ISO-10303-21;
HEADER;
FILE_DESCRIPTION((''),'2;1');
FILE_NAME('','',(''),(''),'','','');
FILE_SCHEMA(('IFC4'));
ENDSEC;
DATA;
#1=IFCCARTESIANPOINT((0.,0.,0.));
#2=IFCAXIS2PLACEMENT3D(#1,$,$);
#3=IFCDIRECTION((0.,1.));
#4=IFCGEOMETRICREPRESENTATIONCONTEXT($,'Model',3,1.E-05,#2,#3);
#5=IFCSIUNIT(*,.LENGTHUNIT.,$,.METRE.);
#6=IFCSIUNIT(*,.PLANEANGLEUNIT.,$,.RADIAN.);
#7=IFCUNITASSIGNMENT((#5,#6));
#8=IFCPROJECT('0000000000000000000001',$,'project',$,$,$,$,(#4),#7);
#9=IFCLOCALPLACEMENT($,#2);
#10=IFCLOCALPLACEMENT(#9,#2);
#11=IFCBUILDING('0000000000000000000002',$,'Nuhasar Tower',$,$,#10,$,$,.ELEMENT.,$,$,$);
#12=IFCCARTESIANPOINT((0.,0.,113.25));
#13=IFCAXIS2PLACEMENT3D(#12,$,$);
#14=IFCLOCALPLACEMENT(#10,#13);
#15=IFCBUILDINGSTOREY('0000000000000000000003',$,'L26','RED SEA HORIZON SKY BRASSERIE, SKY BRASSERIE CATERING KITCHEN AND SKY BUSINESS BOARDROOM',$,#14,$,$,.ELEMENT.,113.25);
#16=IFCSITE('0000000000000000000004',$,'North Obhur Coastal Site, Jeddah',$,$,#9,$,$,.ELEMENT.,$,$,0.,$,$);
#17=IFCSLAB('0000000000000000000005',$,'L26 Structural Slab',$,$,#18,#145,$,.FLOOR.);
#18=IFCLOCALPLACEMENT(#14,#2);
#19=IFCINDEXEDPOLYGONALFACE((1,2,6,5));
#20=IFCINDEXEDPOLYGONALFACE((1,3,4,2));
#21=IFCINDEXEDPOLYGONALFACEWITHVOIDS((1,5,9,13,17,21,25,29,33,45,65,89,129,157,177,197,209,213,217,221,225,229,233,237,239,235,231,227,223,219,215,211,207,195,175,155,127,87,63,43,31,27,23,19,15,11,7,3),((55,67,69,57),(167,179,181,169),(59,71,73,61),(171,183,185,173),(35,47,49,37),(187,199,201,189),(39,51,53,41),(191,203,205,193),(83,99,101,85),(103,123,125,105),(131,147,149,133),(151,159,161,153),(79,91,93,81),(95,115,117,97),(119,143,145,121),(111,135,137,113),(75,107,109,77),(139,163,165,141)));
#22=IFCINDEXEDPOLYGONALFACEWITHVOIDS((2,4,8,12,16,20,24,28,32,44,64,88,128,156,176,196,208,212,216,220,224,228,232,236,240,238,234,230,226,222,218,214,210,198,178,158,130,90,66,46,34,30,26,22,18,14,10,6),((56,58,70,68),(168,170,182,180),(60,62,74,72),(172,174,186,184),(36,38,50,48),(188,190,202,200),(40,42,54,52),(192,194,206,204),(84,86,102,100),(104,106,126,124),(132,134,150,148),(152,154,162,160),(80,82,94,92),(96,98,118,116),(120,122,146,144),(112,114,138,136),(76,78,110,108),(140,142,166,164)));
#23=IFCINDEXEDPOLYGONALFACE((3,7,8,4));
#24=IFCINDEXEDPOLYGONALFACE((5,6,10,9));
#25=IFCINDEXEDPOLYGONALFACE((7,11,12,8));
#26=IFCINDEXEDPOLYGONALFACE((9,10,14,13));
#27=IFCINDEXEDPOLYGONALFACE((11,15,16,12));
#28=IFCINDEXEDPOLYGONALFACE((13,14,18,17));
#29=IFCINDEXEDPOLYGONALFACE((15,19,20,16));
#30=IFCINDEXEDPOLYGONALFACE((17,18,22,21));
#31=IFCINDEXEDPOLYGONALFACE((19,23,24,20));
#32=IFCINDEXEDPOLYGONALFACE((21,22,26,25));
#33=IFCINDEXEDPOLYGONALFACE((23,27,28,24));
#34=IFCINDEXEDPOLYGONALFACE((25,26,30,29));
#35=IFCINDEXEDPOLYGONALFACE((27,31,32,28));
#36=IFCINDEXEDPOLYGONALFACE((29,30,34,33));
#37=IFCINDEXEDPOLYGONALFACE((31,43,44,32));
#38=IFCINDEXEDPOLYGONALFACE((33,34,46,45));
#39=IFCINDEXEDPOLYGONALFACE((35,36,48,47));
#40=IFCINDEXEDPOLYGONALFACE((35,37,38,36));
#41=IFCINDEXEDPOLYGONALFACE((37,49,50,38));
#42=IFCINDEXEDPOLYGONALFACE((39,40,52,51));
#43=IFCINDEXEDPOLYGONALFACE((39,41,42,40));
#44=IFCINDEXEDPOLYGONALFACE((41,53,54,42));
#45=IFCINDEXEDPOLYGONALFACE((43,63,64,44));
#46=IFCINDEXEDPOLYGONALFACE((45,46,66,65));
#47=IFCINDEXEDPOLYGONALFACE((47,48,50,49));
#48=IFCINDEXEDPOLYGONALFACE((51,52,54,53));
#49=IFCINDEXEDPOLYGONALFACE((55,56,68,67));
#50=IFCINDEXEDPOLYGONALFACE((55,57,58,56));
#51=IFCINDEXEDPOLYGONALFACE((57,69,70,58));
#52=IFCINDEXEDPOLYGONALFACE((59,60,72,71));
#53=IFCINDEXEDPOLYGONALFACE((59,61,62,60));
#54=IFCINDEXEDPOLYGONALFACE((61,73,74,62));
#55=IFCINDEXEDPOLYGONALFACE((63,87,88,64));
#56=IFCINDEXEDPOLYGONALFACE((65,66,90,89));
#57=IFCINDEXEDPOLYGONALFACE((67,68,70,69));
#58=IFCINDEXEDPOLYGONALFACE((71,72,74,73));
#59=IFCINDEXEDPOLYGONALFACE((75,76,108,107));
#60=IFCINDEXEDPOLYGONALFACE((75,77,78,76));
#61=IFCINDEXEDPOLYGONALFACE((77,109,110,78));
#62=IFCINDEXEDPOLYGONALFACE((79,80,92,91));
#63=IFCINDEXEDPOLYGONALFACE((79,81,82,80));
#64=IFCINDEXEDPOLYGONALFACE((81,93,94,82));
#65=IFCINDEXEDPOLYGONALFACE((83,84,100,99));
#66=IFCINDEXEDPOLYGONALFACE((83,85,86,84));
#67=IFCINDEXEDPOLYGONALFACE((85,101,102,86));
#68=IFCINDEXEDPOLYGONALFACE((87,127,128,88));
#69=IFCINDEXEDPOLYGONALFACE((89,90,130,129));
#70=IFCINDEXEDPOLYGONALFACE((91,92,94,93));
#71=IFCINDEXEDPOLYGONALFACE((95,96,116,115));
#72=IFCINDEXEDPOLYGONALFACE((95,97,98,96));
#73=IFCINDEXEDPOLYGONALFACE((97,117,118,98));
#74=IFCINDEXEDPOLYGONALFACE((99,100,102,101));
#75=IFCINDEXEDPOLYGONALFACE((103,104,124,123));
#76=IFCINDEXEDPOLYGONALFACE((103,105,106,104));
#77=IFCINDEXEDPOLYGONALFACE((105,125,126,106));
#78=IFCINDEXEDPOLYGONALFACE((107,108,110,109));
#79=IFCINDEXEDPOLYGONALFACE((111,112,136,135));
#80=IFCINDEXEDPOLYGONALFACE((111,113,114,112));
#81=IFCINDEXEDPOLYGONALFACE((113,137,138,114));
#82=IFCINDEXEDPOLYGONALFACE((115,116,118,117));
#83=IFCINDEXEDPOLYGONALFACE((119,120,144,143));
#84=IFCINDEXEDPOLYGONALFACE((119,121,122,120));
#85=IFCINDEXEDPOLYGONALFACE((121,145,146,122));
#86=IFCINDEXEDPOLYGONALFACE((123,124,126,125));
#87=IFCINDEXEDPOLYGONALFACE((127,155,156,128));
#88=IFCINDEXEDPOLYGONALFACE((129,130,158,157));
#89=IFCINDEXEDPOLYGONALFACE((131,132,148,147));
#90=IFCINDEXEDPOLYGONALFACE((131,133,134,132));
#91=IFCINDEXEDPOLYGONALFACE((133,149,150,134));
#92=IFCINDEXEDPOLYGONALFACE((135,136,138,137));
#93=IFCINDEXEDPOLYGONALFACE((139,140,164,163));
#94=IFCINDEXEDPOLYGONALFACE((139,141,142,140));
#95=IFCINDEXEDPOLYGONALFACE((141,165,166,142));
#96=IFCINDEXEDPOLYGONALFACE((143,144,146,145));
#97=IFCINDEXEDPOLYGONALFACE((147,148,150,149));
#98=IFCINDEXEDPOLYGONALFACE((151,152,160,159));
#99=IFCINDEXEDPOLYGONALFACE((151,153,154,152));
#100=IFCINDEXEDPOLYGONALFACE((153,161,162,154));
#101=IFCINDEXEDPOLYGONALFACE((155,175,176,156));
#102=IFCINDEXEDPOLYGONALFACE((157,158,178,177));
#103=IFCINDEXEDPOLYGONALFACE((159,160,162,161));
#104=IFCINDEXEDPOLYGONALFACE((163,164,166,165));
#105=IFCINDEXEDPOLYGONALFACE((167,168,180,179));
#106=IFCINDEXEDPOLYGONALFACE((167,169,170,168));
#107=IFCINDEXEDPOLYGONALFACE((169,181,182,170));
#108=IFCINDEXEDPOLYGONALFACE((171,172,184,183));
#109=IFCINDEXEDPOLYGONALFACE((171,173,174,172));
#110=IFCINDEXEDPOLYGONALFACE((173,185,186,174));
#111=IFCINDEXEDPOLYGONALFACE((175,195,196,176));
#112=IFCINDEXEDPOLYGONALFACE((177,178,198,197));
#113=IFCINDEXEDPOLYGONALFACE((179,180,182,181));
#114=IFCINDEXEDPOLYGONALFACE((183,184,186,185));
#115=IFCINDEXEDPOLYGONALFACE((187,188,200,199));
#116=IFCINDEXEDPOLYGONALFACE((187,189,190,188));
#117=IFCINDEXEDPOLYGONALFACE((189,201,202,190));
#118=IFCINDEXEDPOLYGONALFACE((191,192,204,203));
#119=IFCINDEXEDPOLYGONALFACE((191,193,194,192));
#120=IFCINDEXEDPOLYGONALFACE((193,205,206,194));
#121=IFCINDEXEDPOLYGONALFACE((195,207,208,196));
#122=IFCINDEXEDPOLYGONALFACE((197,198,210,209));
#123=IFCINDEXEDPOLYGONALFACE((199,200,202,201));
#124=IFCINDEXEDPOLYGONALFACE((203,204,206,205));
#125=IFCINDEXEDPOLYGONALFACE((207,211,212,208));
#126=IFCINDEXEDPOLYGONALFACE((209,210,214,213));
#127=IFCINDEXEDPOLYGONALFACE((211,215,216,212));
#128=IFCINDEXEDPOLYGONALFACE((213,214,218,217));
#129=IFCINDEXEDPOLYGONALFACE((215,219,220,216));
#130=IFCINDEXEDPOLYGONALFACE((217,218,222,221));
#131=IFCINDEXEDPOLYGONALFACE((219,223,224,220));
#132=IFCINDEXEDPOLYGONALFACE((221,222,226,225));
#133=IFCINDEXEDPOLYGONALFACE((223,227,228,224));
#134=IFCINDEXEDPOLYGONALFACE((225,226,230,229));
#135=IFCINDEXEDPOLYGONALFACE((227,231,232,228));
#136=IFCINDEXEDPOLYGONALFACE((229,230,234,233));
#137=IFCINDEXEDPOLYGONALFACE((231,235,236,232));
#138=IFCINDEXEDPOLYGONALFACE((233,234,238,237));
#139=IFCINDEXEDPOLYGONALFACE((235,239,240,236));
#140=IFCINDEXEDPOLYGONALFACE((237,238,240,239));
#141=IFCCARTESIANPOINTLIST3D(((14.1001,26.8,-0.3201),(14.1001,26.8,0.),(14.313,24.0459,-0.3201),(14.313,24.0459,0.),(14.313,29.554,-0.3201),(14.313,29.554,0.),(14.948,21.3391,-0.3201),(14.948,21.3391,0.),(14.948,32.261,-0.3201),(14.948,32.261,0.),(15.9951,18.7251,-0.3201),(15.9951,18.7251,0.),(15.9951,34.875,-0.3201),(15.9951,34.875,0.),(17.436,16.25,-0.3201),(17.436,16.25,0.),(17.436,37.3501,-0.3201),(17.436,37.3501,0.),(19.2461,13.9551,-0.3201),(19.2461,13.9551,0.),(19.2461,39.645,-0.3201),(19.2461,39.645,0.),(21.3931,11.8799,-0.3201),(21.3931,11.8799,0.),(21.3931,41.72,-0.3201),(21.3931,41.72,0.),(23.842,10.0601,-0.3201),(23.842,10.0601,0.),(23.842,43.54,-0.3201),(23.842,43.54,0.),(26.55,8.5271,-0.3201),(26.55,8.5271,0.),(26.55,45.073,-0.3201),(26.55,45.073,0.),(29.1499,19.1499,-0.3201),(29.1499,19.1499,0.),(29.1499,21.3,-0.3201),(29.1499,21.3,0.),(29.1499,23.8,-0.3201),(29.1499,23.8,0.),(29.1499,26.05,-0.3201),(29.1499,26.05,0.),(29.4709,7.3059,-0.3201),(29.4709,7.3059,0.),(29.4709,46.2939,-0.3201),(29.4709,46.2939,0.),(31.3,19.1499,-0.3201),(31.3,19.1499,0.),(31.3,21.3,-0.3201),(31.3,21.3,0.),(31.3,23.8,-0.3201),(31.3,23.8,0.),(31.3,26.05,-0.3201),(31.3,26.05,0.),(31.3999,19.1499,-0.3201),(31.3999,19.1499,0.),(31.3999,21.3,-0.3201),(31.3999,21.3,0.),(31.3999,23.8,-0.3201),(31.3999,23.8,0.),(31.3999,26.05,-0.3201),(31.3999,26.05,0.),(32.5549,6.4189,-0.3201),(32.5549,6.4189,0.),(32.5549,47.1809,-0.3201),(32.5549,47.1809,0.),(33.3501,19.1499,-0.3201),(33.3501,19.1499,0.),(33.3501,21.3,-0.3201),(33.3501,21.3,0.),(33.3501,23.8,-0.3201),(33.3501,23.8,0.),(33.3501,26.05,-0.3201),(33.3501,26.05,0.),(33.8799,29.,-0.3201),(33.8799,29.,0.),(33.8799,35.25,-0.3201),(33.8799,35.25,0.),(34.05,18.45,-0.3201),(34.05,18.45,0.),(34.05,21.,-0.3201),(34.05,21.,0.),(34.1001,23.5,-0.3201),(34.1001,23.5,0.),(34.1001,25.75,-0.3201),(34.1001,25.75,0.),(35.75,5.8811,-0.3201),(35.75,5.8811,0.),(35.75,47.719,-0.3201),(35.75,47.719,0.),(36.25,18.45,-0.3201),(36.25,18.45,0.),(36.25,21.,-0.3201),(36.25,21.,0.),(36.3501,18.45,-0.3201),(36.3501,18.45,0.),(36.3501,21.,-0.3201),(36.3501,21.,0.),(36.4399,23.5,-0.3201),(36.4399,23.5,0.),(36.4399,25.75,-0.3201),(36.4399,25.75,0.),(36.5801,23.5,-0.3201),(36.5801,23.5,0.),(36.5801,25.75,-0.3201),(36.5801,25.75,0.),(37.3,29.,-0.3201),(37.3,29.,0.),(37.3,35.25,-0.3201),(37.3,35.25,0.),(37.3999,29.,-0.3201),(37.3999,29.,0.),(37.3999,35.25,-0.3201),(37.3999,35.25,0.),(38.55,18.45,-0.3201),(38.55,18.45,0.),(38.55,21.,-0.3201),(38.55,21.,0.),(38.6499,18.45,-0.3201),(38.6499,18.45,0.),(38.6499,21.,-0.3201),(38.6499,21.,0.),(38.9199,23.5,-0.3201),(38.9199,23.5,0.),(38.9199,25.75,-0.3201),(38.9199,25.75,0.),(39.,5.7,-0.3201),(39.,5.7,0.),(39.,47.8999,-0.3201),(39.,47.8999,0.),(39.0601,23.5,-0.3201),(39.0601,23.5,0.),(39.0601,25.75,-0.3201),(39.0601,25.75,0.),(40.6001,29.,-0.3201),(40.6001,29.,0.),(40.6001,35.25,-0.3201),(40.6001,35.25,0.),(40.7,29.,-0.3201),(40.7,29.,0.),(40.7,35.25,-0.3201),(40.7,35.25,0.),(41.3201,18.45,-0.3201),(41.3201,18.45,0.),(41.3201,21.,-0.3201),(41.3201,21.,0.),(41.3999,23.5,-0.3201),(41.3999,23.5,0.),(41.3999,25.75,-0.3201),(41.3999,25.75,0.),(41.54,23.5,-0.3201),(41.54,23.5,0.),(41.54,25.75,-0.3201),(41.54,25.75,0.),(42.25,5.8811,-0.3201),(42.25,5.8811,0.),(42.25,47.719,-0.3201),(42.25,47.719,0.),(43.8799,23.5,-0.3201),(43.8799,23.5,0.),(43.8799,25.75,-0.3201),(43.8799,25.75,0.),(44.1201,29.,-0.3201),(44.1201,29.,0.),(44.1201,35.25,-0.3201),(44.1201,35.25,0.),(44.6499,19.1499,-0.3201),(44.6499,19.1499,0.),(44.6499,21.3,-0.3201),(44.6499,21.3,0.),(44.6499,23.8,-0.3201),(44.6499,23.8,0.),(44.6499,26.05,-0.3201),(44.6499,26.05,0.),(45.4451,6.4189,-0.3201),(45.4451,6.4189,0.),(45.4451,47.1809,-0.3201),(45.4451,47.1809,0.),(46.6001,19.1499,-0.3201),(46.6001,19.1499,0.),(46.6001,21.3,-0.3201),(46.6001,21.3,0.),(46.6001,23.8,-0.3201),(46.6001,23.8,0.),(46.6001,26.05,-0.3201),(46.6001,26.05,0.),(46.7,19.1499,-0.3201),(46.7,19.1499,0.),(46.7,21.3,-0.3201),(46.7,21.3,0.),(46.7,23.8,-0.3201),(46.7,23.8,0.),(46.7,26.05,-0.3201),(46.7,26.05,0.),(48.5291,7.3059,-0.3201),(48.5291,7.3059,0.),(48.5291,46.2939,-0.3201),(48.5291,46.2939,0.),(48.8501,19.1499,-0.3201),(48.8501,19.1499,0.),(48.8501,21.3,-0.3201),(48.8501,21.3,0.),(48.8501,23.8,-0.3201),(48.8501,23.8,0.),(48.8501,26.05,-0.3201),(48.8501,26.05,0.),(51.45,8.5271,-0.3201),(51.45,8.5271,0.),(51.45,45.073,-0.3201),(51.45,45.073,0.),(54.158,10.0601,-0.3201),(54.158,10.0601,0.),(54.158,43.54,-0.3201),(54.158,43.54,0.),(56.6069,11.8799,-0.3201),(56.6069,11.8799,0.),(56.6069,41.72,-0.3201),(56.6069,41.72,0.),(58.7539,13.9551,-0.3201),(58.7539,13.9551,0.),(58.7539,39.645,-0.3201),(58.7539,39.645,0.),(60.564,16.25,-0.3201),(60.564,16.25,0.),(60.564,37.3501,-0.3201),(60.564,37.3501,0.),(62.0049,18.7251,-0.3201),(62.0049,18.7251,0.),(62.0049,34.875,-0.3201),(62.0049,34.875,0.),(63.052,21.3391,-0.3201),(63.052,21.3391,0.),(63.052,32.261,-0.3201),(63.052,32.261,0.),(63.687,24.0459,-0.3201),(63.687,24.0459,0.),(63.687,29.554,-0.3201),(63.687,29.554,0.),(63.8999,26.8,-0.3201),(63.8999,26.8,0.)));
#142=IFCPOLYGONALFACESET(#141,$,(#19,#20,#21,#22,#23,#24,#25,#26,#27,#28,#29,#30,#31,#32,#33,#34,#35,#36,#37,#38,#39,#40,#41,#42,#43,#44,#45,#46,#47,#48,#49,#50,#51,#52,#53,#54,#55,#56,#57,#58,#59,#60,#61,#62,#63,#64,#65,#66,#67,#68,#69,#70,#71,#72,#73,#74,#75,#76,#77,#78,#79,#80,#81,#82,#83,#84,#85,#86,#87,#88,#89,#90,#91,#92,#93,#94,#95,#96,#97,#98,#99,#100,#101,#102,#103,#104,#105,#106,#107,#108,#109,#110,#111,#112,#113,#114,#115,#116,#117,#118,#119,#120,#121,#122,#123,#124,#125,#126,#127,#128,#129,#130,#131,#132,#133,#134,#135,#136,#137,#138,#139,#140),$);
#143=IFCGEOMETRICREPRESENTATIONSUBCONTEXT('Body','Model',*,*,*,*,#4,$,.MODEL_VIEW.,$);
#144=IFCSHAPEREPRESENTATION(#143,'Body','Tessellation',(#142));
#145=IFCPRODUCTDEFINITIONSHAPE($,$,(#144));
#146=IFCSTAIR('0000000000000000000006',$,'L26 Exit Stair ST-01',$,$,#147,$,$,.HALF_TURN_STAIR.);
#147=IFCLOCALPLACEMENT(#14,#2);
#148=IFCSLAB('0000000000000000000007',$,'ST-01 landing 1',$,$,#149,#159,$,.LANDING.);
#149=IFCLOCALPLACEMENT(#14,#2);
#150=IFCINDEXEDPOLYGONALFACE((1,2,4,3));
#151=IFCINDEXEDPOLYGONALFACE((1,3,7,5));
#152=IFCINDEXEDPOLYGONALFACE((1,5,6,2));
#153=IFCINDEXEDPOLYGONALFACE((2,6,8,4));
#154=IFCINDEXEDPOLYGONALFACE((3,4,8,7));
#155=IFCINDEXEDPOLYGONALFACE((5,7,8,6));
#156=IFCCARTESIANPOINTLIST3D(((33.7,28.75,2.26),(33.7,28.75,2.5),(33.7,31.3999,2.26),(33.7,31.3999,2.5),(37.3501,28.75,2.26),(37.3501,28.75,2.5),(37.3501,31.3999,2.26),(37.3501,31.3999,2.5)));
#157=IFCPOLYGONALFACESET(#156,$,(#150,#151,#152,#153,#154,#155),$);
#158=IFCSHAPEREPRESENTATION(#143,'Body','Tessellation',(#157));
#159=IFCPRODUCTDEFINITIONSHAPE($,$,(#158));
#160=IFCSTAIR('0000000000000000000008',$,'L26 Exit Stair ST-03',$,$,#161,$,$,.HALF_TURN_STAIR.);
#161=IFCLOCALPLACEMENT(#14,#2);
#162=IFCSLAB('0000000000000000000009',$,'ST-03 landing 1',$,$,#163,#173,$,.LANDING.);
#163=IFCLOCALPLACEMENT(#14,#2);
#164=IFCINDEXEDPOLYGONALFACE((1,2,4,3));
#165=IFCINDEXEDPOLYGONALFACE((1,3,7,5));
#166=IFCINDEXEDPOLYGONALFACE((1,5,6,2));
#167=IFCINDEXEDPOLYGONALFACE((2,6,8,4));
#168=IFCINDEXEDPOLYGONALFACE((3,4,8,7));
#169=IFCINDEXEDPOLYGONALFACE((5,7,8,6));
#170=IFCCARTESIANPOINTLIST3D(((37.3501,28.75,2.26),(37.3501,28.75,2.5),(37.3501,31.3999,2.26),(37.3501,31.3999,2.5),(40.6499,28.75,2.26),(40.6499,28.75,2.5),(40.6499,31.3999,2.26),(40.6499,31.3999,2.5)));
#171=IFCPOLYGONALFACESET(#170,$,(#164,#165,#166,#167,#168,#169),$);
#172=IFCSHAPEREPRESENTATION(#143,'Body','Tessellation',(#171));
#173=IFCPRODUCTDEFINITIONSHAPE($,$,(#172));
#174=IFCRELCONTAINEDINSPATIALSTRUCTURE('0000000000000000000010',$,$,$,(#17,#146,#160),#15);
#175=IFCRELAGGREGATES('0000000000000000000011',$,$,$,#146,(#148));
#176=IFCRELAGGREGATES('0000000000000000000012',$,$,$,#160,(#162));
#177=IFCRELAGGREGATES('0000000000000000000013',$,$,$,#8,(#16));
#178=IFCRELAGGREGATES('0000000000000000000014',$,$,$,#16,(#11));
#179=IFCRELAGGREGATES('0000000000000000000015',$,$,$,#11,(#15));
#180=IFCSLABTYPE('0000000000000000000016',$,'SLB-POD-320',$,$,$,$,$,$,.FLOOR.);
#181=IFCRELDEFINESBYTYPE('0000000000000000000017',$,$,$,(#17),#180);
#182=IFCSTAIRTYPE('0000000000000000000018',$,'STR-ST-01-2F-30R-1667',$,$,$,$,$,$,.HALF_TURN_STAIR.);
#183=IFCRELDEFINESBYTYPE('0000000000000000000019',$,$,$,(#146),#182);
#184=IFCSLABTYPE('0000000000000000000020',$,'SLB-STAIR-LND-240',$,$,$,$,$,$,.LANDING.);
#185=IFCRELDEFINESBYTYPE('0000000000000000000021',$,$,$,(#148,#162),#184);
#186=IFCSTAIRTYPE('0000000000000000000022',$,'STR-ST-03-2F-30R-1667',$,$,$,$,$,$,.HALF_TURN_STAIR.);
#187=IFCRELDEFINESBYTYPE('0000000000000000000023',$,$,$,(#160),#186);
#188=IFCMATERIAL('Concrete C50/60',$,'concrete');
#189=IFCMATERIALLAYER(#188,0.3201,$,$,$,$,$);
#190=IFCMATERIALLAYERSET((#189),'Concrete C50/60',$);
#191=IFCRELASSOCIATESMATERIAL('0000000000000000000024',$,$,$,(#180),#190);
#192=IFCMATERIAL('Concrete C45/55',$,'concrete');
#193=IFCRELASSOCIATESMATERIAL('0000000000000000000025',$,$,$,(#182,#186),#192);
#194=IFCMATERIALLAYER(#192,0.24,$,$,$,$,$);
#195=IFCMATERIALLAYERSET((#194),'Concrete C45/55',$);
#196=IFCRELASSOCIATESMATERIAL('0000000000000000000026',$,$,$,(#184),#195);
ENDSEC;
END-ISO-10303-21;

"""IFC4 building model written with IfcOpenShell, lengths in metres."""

from ifc_helpers import new_model, si_unit, direction, frame, origin, place, context, subcontext, project, spatial, polyline, outline, extrude, material, layer, layer_set, type_object, element, aggregate, save


model = new_model("IFC4")

# Units and contexts
model_context = context("Model", 3, precision=1e-05, world=origin(), true_north=direction((0.0, 1.0)))
body_context = subcontext(model_context, "Body", "Model", "MODEL_VIEW")
ifc_project = project(units=[si_unit("LENGTHUNIT", "METRE"), si_unit("PLANEANGLEUNIT", "RADIAN")], contexts=[model_context])

# Site, building, storey
site_placement = place(None, origin())
site = spatial("IfcSite", under=ifc_project, at=site_placement, Name="North Obhur Coastal Site, Jeddah", CompositionType="ELEMENT", RefElevation=0.0)
building_placement = place(site_placement, origin())
building = spatial("IfcBuilding", under=site, at=building_placement, Name="Nuhasar Tower", CompositionType="ELEMENT")
storey_placement = place(building_placement, frame((0.0, 0.0, 113.25)))
storey = spatial("IfcBuildingStorey", under=building, at=storey_placement, Name="L26", Description="RED SEA HORIZON SKY BRASSERIE, SKY BRASSERIE CATERING KITCHEN AND SKY BUSINESS BOARDROOM", CompositionType="ELEMENT", Elevation=113.25)

# Slab
ifc_material_1 = material(Name="Concrete C50/60", Category="concrete")
ifc_layer_1 = layer(ifc_material_1, 0.3201)
ifc_layer_set_1 = layer_set([ifc_layer_1], Name="Concrete C50/60")
slab_type_1 = type_object("IfcSlabType", Name="SLB-POD-320", PredefinedType="FLOOR", material=ifc_layer_set_1)
slab_1_placement = place(storey_placement, frame((0.0, 0.0, -0.3201)))
element("IfcSlab", 1, at=slab_1_placement, inside=storey, type_object=slab_type_1, Name="L26 Structural Slab", PredefinedType="FLOOR", context=body_context, shape_type="SweptSolid", body=[
    extrude(outline(polyline([(63.8999, 26.8), (63.687, 29.554), (63.052, 32.261), (62.0049, 34.875), (60.564, 37.3501), (58.7539, 39.645), (56.6069, 41.72), (54.158, 43.54), (51.45, 45.073), (48.5291, 46.2939), (45.4451, 47.1809), (42.25, 47.719), (39.0, 47.8999), (35.75, 47.719), (32.5549, 47.1809), (29.4709, 46.2939), (26.55, 45.073), (23.842, 43.54), (21.3931, 41.72), (19.2461, 39.645), (17.436, 37.3501), (15.9951, 34.875), (14.948, 32.261), (14.313, 29.554), (14.1001, 26.8), (14.313, 24.0459), (14.948, 21.3391), (15.9951, 18.7251), (17.436, 16.25), (19.2461, 13.9551), (21.3931, 11.8799), (23.842, 10.0601), (26.55, 8.5271), (29.4709, 7.3059), (32.5549, 6.4189), (35.75, 5.8811), (39.0, 5.7), (42.25, 5.8811), (45.4451, 6.4189), (48.5291, 7.3059), (51.45, 8.5271), (54.158, 10.0601), (56.6069, 11.8799), (58.7539, 13.9551), (60.564, 16.25), (62.0049, 18.7251), (63.052, 21.3391), (63.687, 24.0459), (63.8999, 26.8)]), holes=[polyline([(33.8799, 35.25), (37.3, 35.25), (37.3, 29.0), (33.8799, 29.0), (33.8799, 35.25)]), polyline([(37.3999, 35.25), (40.6001, 35.25), (40.6001, 29.0), (37.3999, 29.0), (37.3999, 35.25)]), polyline([(40.7, 35.25), (44.1201, 35.25), (44.1201, 29.0), (40.7, 29.0), (40.7, 35.25)]), polyline([(29.1499, 26.05), (31.3, 26.05), (31.3, 23.8), (29.1499, 23.8), (29.1499, 26.05)]), polyline([(31.3999, 26.05), (33.3501, 26.05), (33.3501, 23.8), (31.3999, 23.8), (31.3999, 26.05)]), polyline([(29.1499, 21.3), (31.3, 21.3), (31.3, 19.1499), (29.1499, 19.1499), (29.1499, 21.3)]), polyline([(31.3999, 21.3), (33.3501, 21.3), (33.3501, 19.1499), (31.3999, 19.1499), (31.3999, 21.3)]), polyline([(44.6499, 26.05), (46.6001, 26.05), (46.6001, 23.8), (44.6499, 23.8), (44.6499, 26.05)]), polyline([(46.7, 26.05), (48.8501, 26.05), (48.8501, 23.8), (46.7, 23.8), (46.7, 26.05)]), polyline([(44.6499, 21.3), (46.6001, 21.3), (46.6001, 19.1499), (44.6499, 19.1499), (44.6499, 21.3)]), polyline([(46.7, 21.3), (48.8501, 21.3), (48.8501, 19.1499), (46.7, 19.1499), (46.7, 21.3)]), polyline([(34.1001, 25.75), (36.4399, 25.75), (36.4399, 23.5), (34.1001, 23.5), (34.1001, 25.75)]), polyline([(36.5801, 25.75), (38.9199, 25.75), (38.9199, 23.5), (36.5801, 23.5), (36.5801, 25.75)]), polyline([(39.0601, 25.75), (41.3999, 25.75), (41.3999, 23.5), (39.0601, 23.5), (39.0601, 25.75)]), polyline([(41.54, 25.75), (43.8799, 25.75), (43.8799, 23.5), (41.54, 23.5), (41.54, 25.75)]), polyline([(34.05, 21.0), (36.25, 21.0), (36.25, 18.45), (34.05, 18.45), (34.05, 21.0)]), polyline([(36.3501, 21.0), (38.55, 21.0), (38.55, 18.45), (36.3501, 18.45), (36.3501, 21.0)]), polyline([(38.6499, 21.0), (41.3201, 21.0), (41.3201, 18.45), (38.6499, 18.45), (38.6499, 21.0)])]), origin(), (0.0, 0.0, 1.0), 0.3201),
])

# Stairs, slabs
ifc_material_2 = material(Name="Concrete C45/55", Category="concrete")
stair_type_1 = type_object("IfcStairType", Name="STR-ST-01-2F-30R-1667", PredefinedType="HALF_TURN_STAIR", material=ifc_material_2)
stair_1_placement = place(storey_placement, origin())
stair_1 = element("IfcStair", 2, at=stair_1_placement, inside=storey, type_object=stair_type_1, Name="L26 Exit Stair ST-01", PredefinedType="HALF_TURN_STAIR")
ifc_layer_2 = layer(ifc_material_2, 0.24)
ifc_layer_set_2 = layer_set([ifc_layer_2], Name="Concrete C45/55")
slab_type_2 = type_object("IfcSlabType", Name="SLB-STAIR-LND-240", PredefinedType="LANDING", material=ifc_layer_set_2)
slab_2_placement = place(storey_placement, frame((0.0, 0.0, 2.26)))
slab_2 = element("IfcSlab", 3, at=slab_2_placement, type_object=slab_type_2, Name="ST-01 landing 1", PredefinedType="LANDING", context=body_context, shape_type="SweptSolid", body=[
    extrude(outline(polyline([(33.7, 28.75), (37.3501, 28.75), (37.3501, 31.3999), (33.7, 31.3999), (33.7, 28.75)])), origin(), (0.0, 0.0, 1.0), 0.24),
])
aggregate(stair_1, [slab_2])
stair_type_2 = type_object("IfcStairType", Name="STR-ST-03-2F-30R-1667", PredefinedType="HALF_TURN_STAIR", material=ifc_material_2)
stair_2_placement = place(storey_placement, origin())
stair_2 = element("IfcStair", 4, at=stair_2_placement, inside=storey, type_object=stair_type_2, Name="L26 Exit Stair ST-03", PredefinedType="HALF_TURN_STAIR")
slab_3_placement = place(storey_placement, frame((0.0, 0.0, 2.26)))
slab_3 = element("IfcSlab", 5, at=slab_3_placement, type_object=slab_type_2, Name="ST-03 landing 1", PredefinedType="LANDING", context=body_context, shape_type="SweptSolid", body=[
    extrude(outline(polyline([(37.3501, 28.75), (40.6499, 28.75), (40.6499, 31.3999), (37.3501, 31.3999), (37.3501, 28.75)])), origin(), (0.0, 0.0, 1.0), 0.24),
])
aggregate(stair_2, [slab_3])

save(model, "model.ifc")
